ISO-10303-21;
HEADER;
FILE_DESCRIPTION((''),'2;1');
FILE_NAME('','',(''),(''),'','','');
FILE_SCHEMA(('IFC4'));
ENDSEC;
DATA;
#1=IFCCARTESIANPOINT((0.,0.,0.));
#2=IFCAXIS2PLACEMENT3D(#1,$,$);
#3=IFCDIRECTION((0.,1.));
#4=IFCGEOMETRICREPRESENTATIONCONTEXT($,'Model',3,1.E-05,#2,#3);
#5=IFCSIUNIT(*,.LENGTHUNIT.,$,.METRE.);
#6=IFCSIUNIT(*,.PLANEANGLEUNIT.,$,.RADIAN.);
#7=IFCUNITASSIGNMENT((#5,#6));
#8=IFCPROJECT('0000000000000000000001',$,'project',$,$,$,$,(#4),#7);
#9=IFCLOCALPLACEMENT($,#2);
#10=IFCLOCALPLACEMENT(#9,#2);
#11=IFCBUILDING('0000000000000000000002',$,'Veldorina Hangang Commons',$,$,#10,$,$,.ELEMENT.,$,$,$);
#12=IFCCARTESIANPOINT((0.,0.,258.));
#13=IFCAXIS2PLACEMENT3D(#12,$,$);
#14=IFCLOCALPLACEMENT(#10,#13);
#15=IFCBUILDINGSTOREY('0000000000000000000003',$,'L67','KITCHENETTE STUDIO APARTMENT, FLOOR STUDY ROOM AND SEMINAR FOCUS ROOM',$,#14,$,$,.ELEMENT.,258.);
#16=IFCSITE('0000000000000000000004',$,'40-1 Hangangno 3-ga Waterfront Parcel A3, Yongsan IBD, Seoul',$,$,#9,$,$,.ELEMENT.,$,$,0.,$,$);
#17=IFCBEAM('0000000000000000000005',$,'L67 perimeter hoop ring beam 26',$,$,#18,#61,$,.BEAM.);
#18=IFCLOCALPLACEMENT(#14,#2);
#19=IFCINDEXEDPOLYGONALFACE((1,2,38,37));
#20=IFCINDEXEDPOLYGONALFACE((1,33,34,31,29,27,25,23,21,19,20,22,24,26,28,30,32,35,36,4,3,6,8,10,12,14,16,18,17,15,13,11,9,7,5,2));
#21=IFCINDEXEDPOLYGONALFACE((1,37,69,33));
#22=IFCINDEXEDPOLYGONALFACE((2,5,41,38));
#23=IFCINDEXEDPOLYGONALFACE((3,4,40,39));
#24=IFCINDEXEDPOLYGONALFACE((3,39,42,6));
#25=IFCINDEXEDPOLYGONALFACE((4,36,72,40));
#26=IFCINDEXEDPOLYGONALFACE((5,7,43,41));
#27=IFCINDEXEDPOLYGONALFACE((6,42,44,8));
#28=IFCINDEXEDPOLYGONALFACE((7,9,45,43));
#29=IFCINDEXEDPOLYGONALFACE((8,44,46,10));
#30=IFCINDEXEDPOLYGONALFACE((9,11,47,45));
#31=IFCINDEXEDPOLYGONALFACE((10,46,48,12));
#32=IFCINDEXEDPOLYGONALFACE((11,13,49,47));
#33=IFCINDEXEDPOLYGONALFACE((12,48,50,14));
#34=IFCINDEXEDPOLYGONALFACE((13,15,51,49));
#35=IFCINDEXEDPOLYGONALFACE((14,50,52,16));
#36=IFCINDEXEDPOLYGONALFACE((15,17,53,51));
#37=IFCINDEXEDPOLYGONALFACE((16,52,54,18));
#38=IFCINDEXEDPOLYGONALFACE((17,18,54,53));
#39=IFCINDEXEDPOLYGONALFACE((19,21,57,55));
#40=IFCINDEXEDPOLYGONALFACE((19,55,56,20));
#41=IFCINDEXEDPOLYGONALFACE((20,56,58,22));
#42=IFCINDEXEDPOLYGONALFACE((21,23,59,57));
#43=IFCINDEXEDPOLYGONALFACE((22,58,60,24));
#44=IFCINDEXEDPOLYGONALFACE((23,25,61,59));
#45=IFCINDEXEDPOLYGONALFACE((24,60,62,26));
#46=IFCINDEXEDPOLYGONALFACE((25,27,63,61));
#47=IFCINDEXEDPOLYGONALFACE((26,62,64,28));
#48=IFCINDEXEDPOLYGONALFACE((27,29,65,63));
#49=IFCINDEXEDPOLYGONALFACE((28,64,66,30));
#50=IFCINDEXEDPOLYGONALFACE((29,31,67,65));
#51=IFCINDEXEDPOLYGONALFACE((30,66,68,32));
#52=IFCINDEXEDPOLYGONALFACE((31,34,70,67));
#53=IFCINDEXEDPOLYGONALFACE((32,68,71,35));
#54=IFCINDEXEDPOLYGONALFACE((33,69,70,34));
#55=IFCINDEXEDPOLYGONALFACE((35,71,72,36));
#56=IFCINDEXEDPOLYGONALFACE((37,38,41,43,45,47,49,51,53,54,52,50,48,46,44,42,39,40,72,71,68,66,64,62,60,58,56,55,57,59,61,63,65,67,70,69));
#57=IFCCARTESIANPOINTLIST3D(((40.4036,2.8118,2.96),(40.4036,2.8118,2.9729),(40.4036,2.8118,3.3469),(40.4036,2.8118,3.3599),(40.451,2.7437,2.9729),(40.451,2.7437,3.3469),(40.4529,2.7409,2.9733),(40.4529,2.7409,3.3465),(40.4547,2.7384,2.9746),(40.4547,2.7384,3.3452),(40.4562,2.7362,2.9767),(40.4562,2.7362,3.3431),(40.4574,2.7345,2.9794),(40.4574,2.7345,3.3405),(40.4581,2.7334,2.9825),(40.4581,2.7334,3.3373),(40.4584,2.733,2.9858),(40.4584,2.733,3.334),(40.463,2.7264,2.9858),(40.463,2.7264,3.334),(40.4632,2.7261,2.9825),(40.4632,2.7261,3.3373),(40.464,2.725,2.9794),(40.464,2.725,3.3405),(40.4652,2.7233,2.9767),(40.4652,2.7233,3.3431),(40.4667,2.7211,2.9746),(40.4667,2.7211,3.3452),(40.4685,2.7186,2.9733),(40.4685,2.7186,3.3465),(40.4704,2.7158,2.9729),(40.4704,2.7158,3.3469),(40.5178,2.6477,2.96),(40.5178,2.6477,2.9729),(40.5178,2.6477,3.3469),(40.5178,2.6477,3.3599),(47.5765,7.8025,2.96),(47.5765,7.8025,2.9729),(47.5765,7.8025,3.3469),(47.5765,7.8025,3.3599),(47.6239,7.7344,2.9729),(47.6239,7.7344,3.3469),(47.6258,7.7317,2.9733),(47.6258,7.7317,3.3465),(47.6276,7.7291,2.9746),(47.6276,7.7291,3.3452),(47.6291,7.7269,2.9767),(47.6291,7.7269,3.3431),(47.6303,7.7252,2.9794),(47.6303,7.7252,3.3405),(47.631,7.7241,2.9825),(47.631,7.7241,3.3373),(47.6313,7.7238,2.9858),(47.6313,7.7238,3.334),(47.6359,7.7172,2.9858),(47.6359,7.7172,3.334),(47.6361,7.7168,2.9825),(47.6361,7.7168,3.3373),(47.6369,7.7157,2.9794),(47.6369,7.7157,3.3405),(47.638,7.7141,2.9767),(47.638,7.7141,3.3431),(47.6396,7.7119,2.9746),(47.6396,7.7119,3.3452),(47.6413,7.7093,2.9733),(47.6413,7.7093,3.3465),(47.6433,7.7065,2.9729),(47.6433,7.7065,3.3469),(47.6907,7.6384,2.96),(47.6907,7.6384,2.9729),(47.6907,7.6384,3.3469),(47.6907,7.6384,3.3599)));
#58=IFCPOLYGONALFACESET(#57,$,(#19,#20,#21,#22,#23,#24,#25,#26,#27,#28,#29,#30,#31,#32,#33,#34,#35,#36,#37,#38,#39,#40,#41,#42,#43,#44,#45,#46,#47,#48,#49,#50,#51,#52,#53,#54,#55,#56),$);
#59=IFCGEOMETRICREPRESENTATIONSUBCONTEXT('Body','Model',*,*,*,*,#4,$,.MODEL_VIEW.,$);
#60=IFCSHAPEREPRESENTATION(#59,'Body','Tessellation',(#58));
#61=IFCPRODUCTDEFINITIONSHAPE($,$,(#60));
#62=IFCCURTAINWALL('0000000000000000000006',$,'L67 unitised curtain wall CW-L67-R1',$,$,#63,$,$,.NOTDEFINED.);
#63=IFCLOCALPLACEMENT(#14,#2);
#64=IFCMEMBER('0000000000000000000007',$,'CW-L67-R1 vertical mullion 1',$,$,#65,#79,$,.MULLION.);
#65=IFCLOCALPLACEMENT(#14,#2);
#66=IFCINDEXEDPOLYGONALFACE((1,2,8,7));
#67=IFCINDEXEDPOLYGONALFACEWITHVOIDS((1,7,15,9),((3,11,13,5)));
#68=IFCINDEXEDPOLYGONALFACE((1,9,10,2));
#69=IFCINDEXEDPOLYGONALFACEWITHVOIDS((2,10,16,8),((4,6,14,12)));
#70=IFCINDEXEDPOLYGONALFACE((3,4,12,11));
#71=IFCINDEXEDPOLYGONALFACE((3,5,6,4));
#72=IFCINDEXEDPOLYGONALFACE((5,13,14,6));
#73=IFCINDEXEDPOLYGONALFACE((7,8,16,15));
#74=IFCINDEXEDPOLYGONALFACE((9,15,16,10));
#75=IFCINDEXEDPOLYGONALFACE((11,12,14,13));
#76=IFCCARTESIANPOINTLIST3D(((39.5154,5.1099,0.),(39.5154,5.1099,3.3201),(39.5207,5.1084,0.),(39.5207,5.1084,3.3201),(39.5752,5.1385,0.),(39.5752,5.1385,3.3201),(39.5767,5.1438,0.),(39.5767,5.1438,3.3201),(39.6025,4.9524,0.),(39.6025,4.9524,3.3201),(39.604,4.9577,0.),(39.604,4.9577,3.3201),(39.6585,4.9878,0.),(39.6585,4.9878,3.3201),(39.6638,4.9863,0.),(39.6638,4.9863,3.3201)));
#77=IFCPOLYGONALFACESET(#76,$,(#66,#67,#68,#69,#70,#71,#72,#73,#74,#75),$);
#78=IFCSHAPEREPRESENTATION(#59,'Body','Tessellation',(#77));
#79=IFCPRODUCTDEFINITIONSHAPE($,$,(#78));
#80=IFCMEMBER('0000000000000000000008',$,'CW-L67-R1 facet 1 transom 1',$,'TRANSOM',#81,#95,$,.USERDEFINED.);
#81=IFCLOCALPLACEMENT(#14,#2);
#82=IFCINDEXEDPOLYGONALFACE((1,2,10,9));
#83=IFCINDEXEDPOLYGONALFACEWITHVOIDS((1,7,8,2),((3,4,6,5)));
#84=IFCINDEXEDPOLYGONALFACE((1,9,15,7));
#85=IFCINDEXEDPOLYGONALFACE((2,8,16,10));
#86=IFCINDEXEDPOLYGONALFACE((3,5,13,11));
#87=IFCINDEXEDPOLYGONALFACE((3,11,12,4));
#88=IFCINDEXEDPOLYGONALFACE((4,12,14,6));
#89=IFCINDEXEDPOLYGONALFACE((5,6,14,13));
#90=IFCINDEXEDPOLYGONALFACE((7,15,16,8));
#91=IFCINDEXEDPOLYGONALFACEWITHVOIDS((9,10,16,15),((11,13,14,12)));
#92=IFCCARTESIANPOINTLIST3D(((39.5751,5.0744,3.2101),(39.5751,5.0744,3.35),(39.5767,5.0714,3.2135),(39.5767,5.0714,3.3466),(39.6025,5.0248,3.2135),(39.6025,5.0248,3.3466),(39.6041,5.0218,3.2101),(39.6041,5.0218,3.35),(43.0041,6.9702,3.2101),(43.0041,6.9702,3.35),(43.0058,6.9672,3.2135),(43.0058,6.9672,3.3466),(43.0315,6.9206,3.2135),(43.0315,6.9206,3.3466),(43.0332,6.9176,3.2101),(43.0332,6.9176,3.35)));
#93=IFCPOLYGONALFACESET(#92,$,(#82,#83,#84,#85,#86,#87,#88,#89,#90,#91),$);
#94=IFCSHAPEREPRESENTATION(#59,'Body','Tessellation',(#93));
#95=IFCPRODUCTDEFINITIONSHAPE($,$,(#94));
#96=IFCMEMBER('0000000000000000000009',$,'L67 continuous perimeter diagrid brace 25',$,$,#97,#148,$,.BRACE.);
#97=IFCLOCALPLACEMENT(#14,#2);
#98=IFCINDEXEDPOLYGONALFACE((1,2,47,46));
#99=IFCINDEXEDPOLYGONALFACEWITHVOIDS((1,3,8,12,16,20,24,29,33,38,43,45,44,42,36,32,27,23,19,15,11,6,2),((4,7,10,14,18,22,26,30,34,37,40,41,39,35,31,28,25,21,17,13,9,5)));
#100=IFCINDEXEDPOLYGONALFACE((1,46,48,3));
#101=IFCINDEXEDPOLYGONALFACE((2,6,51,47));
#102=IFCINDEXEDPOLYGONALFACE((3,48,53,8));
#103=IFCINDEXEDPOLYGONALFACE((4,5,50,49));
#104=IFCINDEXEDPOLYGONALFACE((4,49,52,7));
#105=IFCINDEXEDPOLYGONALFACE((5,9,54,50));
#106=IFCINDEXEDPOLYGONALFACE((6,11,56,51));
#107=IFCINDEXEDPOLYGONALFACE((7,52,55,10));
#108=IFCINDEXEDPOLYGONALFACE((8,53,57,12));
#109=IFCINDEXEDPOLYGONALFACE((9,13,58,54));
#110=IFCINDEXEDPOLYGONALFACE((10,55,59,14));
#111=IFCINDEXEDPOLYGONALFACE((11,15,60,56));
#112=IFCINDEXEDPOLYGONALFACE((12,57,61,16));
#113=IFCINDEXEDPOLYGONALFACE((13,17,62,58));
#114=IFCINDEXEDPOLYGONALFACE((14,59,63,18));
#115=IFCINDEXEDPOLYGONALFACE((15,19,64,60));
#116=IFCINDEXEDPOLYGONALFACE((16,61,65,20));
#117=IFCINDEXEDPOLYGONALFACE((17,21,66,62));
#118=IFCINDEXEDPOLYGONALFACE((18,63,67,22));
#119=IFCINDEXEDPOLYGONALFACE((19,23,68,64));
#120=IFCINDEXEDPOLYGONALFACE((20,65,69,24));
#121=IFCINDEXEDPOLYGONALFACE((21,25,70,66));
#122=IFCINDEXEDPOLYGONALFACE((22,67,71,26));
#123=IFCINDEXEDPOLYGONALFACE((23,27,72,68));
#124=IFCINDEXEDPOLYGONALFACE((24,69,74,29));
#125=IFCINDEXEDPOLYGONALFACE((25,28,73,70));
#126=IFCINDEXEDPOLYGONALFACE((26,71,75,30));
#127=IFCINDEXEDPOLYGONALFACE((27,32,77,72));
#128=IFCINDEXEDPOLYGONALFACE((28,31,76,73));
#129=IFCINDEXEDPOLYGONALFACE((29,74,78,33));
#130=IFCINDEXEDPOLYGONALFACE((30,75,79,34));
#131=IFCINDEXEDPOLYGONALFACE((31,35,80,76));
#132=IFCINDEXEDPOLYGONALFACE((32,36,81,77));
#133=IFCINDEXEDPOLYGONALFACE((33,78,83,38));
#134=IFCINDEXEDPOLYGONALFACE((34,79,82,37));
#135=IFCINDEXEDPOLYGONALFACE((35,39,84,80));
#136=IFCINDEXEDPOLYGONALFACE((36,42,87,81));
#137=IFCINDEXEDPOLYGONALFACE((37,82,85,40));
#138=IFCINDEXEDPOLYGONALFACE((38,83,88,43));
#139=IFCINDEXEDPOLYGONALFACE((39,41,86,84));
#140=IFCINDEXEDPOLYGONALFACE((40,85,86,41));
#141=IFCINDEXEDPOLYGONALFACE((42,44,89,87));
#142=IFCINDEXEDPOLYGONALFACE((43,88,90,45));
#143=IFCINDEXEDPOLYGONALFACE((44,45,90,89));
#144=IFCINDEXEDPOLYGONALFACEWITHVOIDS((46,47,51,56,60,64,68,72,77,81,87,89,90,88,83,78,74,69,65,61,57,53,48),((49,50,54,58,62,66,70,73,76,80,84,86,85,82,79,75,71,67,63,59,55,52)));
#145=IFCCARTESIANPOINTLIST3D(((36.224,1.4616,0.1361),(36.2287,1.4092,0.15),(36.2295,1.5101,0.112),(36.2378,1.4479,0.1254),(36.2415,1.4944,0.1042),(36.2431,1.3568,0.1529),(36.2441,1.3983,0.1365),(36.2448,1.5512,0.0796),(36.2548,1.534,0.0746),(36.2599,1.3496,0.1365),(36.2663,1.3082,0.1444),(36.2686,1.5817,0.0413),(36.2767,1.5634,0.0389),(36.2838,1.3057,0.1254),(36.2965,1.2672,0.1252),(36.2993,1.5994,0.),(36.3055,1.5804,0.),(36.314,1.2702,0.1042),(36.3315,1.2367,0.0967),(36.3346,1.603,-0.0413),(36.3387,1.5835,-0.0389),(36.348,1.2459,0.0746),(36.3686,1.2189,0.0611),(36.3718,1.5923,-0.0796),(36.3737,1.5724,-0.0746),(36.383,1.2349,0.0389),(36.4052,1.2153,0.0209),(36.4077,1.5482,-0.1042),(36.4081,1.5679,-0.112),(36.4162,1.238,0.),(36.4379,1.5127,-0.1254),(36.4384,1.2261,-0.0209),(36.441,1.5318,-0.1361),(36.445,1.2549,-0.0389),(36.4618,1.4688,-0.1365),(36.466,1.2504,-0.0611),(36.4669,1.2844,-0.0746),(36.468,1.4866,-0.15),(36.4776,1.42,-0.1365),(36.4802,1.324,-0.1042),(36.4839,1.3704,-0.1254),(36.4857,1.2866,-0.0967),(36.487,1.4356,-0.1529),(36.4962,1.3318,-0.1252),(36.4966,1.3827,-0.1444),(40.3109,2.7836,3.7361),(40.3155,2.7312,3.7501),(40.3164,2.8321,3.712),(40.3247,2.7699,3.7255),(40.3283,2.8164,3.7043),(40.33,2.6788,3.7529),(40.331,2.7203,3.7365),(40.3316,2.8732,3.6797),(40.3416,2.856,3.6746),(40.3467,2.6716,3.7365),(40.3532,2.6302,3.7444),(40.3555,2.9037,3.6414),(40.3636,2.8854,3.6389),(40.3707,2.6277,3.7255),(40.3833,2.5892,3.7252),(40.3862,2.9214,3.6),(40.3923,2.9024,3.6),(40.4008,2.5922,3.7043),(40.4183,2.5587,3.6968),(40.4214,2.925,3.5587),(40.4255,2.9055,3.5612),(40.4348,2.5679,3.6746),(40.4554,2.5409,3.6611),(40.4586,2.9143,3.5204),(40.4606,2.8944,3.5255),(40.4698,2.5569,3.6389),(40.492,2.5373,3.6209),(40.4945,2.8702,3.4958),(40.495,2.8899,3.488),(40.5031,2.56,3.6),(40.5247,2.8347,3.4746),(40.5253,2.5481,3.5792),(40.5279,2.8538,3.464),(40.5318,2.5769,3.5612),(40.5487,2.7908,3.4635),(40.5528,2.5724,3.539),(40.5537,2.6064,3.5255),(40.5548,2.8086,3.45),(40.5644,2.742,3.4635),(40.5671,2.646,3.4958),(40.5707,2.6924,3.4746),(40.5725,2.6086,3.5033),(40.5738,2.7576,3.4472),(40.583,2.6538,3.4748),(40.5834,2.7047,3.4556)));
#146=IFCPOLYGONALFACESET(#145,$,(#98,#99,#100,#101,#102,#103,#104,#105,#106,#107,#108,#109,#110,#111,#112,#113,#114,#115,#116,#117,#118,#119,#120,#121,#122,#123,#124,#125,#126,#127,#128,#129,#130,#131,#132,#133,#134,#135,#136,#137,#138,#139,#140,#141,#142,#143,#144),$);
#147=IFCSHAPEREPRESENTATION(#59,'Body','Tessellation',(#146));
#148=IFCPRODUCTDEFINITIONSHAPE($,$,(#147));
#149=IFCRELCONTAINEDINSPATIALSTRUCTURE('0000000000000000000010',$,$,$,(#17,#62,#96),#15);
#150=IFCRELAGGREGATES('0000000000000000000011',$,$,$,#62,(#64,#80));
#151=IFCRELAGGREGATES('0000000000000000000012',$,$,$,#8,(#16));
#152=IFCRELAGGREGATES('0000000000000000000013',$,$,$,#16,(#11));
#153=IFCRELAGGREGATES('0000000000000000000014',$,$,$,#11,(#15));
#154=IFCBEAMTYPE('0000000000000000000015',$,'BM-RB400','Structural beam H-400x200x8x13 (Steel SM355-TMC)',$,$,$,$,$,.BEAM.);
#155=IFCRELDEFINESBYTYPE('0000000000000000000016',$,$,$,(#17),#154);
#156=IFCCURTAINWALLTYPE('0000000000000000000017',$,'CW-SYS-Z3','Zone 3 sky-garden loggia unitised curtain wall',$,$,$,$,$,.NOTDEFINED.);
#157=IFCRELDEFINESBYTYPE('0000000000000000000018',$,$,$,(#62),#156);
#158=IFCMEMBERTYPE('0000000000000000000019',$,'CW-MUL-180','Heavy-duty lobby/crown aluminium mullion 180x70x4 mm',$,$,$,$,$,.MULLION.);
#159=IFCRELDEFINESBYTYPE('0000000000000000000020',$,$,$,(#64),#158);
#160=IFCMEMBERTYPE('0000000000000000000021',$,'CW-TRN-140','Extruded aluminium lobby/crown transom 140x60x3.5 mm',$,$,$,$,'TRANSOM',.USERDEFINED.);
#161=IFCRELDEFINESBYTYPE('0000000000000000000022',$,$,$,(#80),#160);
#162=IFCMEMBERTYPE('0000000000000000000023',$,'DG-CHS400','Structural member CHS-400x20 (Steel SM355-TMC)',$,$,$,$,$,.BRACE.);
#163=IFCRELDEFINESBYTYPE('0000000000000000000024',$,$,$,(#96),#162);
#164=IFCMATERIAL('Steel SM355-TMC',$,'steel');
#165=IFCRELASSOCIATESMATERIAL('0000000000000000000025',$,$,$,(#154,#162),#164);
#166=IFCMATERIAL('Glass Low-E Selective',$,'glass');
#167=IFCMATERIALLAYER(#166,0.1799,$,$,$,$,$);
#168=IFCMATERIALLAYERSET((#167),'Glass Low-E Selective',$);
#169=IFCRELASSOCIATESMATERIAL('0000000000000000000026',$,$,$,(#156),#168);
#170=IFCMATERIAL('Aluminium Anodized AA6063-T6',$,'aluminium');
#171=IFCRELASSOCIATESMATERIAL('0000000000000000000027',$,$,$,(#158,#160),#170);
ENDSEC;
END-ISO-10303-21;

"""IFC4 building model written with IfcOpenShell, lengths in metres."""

from ifc_helpers import new_model, si_unit, direction, frame, origin, origin_2d, place, context, subcontext, project, spatial, hollow_rectangle, hollow_circle, i_section, extrude, material, layer, layer_set, material_profile, profile_set, type_object, element, aggregate, save


model = new_model("IFC4")

# Units and contexts
model_context = context("Model", 3, precision=1e-05, world=origin(), true_north=direction((0.0, 1.0)))
body_context = subcontext(model_context, "Body", "Model", "MODEL_VIEW")
ifc_project = project(units=[si_unit("LENGTHUNIT", "METRE"), si_unit("PLANEANGLEUNIT", "RADIAN")], contexts=[model_context])

# Site, building, storey
site_placement = place(None, origin())
site = spatial("IfcSite", under=ifc_project, at=site_placement, Name="40-1 Hangangno 3-ga Waterfront Parcel A3, Yongsan IBD, Seoul", CompositionType="ELEMENT", RefElevation=0.0)
building_placement = place(site_placement, origin())
building = spatial("IfcBuilding", under=site, at=building_placement, Name="Veldorina Hangang Commons", CompositionType="ELEMENT")
storey_placement = place(building_placement, frame((0.0, 0.0, 258.0)))
storey = spatial("IfcBuildingStorey", under=building, at=storey_placement, Name="L67", Description="KITCHENETTE STUDIO APARTMENT, FLOOR STUDY ROOM AND SEMINAR FOCUS ROOM", CompositionType="ELEMENT", Elevation=258.0)

# Beam
ifc_material_1 = material(Name="Steel SM355-TMC", Category="steel")
ifc_material_profile_1 = material_profile(ifc_material_1, i_section(OverallWidth=0.2, OverallDepth=0.3999, WebThickness=0.0081, FlangeThickness=0.0129, FilletRadius=0.0129, at=origin_2d()), Name="H-400x200x8x13")
ifc_profile_set_1 = profile_set([ifc_material_profile_1], Name="Steel SM355-TMC")
beam_type = type_object("IfcBeamType", Name="BM-RB400", Description="Structural beam H-400x200x8x13 (Steel SM355-TMC)", PredefinedType="BEAM", material=ifc_profile_set_1)
beam_placement = place(storey_placement, frame((40.4607, 2.7297, 3.1599), z_axis=(0.820856, 0.571135, 0.0), x_axis=(-0.571135, 0.820856, 0.0)))
element("IfcBeam", 1, at=beam_placement, inside=storey, type_object=beam_type, Name="L67 perimeter hoop ring beam 26", PredefinedType="BEAM", context=body_context, shape_type="SweptSolid", body=[
    extrude(i_section(OverallWidth=0.2, OverallDepth=0.3999, WebThickness=0.0081, FlangeThickness=0.0129, FilletRadius=0.0129, at=origin_2d()), origin(), (0.0, 0.0, 1.0), 8.7383),
])

# Curtain wall, members
ifc_material_2 = material(Name="Glass Low-E Selective", Category="glass")
ifc_layer_1 = layer(ifc_material_2, 0.1799)
ifc_layer_set_1 = layer_set([ifc_layer_1], Name="Glass Low-E Selective")
curtain_wall_type = type_object("IfcCurtainWallType", Name="CW-SYS-Z3", Description="Zone 3 sky-garden loggia unitised curtain wall", PredefinedType="NOTDEFINED", material=ifc_layer_set_1)
curtain_wall_placement = place(storey_placement, origin())
curtain_wall = element("IfcCurtainWall", 2, at=curtain_wall_placement, inside=storey, type_object=curtain_wall_type, Name="L67 unitised curtain wall CW-L67-R1", PredefinedType="NOTDEFINED")
ifc_material_3 = material(Name="Aluminium Anodized AA6063-T6", Category="aluminium")
ifc_material_profile_2 = material_profile(ifc_material_3, hollow_rectangle(XDim=0.0701, YDim=0.1799, WallThickness=0.0039, at=origin_2d()), Name="ALU-RHS-180x70x4")
ifc_profile_set_2 = profile_set([ifc_material_profile_2], Name="Aluminium Anodized AA6063-T6")
member_type_1 = type_object("IfcMemberType", Name="CW-MUL-180", Description="Heavy-duty lobby/crown aluminium mullion 180x70x4 mm", PredefinedType="MULLION", material=ifc_profile_set_2)
member_1_placement = place(storey_placement, frame((39.5896, 5.0481, 0.0), z_axis=(0.0, 0.0, 1.0), x_axis=(0.875161, 0.483832, 0.0)))
member_1 = element("IfcMember", 3, at=member_1_placement, type_object=member_type_1, Name="CW-L67-R1 vertical mullion 1", PredefinedType="MULLION", context=body_context, shape_type="SweptSolid", body=[
    extrude(hollow_rectangle(XDim=0.0701, YDim=0.1799, WallThickness=0.0039, at=origin_2d()), origin(), (0.0, 0.0, 1.0), 3.3201),
])
ifc_material_profile_3 = material_profile(ifc_material_3, hollow_rectangle(XDim=0.0601, YDim=0.1399, WallThickness=0.0034, at=origin_2d()), Name="ALU-RHS-140x60x3.5")
ifc_profile_set_3 = profile_set([ifc_material_profile_3], Name="Aluminium Anodized AA6063-T6")
member_type_2 = type_object("IfcMemberType", Name="CW-TRN-140", Description="Extruded aluminium lobby/crown transom 140x60x3.5 mm", ElementType="TRANSOM", PredefinedType="USERDEFINED", material=ifc_profile_set_3)
member_2_placement = place(storey_placement, frame((39.5896, 5.0481, 3.28), z_axis=(0.875155, 0.483843, 0.0), x_axis=(-0.483843, 0.875155, 0.0)))
member_2 = element("IfcMember", 4, at=member_2_placement, type_object=member_type_2, Name="CW-L67-R1 facet 1 transom 1", ObjectType="TRANSOM", PredefinedType="USERDEFINED", context=body_context, shape_type="SweptSolid", body=[
    extrude(hollow_rectangle(XDim=0.0601, YDim=0.1399, WallThickness=0.0034, at=origin_2d()), origin(), (0.0, 0.0, 1.0), 3.9182),
])

# Member
ifc_material_profile_4 = material_profile(ifc_material_1, hollow_circle(Radius=0.2, WallThickness=0.02, at=origin_2d()), Name="CHS-400x20")
ifc_profile_set_4 = profile_set([ifc_material_profile_4], Name="Steel SM355-TMC")
member_type_3 = type_object("IfcMemberType", Name="DG-CHS400", Description="Structural member CHS-400x20 (Steel SM355-TMC)", PredefinedType="BRACE", material=ifc_profile_set_4)
member_3_placement = place(storey_placement, frame((36.3608, 1.4092, 0.0), z_axis=(0.72921, 0.235882, 0.642349), x_axis=(-0.307775, 0.951459, 0.0)))
element("IfcMember", 5, at=member_3_placement, inside=storey, type_object=member_type_3, Name="L67 continuous perimeter diagrid brace 25", PredefinedType="BRACE", context=body_context, shape_type="SweptSolid", body=[
    extrude(hollow_circle(Radius=0.2, WallThickness=0.02, at=origin_2d()), origin(), (0.0, 0.0, 1.0), 5.6045),
])

aggregate(curtain_wall, [member_1, member_2])

save(model, "model.ifc")
